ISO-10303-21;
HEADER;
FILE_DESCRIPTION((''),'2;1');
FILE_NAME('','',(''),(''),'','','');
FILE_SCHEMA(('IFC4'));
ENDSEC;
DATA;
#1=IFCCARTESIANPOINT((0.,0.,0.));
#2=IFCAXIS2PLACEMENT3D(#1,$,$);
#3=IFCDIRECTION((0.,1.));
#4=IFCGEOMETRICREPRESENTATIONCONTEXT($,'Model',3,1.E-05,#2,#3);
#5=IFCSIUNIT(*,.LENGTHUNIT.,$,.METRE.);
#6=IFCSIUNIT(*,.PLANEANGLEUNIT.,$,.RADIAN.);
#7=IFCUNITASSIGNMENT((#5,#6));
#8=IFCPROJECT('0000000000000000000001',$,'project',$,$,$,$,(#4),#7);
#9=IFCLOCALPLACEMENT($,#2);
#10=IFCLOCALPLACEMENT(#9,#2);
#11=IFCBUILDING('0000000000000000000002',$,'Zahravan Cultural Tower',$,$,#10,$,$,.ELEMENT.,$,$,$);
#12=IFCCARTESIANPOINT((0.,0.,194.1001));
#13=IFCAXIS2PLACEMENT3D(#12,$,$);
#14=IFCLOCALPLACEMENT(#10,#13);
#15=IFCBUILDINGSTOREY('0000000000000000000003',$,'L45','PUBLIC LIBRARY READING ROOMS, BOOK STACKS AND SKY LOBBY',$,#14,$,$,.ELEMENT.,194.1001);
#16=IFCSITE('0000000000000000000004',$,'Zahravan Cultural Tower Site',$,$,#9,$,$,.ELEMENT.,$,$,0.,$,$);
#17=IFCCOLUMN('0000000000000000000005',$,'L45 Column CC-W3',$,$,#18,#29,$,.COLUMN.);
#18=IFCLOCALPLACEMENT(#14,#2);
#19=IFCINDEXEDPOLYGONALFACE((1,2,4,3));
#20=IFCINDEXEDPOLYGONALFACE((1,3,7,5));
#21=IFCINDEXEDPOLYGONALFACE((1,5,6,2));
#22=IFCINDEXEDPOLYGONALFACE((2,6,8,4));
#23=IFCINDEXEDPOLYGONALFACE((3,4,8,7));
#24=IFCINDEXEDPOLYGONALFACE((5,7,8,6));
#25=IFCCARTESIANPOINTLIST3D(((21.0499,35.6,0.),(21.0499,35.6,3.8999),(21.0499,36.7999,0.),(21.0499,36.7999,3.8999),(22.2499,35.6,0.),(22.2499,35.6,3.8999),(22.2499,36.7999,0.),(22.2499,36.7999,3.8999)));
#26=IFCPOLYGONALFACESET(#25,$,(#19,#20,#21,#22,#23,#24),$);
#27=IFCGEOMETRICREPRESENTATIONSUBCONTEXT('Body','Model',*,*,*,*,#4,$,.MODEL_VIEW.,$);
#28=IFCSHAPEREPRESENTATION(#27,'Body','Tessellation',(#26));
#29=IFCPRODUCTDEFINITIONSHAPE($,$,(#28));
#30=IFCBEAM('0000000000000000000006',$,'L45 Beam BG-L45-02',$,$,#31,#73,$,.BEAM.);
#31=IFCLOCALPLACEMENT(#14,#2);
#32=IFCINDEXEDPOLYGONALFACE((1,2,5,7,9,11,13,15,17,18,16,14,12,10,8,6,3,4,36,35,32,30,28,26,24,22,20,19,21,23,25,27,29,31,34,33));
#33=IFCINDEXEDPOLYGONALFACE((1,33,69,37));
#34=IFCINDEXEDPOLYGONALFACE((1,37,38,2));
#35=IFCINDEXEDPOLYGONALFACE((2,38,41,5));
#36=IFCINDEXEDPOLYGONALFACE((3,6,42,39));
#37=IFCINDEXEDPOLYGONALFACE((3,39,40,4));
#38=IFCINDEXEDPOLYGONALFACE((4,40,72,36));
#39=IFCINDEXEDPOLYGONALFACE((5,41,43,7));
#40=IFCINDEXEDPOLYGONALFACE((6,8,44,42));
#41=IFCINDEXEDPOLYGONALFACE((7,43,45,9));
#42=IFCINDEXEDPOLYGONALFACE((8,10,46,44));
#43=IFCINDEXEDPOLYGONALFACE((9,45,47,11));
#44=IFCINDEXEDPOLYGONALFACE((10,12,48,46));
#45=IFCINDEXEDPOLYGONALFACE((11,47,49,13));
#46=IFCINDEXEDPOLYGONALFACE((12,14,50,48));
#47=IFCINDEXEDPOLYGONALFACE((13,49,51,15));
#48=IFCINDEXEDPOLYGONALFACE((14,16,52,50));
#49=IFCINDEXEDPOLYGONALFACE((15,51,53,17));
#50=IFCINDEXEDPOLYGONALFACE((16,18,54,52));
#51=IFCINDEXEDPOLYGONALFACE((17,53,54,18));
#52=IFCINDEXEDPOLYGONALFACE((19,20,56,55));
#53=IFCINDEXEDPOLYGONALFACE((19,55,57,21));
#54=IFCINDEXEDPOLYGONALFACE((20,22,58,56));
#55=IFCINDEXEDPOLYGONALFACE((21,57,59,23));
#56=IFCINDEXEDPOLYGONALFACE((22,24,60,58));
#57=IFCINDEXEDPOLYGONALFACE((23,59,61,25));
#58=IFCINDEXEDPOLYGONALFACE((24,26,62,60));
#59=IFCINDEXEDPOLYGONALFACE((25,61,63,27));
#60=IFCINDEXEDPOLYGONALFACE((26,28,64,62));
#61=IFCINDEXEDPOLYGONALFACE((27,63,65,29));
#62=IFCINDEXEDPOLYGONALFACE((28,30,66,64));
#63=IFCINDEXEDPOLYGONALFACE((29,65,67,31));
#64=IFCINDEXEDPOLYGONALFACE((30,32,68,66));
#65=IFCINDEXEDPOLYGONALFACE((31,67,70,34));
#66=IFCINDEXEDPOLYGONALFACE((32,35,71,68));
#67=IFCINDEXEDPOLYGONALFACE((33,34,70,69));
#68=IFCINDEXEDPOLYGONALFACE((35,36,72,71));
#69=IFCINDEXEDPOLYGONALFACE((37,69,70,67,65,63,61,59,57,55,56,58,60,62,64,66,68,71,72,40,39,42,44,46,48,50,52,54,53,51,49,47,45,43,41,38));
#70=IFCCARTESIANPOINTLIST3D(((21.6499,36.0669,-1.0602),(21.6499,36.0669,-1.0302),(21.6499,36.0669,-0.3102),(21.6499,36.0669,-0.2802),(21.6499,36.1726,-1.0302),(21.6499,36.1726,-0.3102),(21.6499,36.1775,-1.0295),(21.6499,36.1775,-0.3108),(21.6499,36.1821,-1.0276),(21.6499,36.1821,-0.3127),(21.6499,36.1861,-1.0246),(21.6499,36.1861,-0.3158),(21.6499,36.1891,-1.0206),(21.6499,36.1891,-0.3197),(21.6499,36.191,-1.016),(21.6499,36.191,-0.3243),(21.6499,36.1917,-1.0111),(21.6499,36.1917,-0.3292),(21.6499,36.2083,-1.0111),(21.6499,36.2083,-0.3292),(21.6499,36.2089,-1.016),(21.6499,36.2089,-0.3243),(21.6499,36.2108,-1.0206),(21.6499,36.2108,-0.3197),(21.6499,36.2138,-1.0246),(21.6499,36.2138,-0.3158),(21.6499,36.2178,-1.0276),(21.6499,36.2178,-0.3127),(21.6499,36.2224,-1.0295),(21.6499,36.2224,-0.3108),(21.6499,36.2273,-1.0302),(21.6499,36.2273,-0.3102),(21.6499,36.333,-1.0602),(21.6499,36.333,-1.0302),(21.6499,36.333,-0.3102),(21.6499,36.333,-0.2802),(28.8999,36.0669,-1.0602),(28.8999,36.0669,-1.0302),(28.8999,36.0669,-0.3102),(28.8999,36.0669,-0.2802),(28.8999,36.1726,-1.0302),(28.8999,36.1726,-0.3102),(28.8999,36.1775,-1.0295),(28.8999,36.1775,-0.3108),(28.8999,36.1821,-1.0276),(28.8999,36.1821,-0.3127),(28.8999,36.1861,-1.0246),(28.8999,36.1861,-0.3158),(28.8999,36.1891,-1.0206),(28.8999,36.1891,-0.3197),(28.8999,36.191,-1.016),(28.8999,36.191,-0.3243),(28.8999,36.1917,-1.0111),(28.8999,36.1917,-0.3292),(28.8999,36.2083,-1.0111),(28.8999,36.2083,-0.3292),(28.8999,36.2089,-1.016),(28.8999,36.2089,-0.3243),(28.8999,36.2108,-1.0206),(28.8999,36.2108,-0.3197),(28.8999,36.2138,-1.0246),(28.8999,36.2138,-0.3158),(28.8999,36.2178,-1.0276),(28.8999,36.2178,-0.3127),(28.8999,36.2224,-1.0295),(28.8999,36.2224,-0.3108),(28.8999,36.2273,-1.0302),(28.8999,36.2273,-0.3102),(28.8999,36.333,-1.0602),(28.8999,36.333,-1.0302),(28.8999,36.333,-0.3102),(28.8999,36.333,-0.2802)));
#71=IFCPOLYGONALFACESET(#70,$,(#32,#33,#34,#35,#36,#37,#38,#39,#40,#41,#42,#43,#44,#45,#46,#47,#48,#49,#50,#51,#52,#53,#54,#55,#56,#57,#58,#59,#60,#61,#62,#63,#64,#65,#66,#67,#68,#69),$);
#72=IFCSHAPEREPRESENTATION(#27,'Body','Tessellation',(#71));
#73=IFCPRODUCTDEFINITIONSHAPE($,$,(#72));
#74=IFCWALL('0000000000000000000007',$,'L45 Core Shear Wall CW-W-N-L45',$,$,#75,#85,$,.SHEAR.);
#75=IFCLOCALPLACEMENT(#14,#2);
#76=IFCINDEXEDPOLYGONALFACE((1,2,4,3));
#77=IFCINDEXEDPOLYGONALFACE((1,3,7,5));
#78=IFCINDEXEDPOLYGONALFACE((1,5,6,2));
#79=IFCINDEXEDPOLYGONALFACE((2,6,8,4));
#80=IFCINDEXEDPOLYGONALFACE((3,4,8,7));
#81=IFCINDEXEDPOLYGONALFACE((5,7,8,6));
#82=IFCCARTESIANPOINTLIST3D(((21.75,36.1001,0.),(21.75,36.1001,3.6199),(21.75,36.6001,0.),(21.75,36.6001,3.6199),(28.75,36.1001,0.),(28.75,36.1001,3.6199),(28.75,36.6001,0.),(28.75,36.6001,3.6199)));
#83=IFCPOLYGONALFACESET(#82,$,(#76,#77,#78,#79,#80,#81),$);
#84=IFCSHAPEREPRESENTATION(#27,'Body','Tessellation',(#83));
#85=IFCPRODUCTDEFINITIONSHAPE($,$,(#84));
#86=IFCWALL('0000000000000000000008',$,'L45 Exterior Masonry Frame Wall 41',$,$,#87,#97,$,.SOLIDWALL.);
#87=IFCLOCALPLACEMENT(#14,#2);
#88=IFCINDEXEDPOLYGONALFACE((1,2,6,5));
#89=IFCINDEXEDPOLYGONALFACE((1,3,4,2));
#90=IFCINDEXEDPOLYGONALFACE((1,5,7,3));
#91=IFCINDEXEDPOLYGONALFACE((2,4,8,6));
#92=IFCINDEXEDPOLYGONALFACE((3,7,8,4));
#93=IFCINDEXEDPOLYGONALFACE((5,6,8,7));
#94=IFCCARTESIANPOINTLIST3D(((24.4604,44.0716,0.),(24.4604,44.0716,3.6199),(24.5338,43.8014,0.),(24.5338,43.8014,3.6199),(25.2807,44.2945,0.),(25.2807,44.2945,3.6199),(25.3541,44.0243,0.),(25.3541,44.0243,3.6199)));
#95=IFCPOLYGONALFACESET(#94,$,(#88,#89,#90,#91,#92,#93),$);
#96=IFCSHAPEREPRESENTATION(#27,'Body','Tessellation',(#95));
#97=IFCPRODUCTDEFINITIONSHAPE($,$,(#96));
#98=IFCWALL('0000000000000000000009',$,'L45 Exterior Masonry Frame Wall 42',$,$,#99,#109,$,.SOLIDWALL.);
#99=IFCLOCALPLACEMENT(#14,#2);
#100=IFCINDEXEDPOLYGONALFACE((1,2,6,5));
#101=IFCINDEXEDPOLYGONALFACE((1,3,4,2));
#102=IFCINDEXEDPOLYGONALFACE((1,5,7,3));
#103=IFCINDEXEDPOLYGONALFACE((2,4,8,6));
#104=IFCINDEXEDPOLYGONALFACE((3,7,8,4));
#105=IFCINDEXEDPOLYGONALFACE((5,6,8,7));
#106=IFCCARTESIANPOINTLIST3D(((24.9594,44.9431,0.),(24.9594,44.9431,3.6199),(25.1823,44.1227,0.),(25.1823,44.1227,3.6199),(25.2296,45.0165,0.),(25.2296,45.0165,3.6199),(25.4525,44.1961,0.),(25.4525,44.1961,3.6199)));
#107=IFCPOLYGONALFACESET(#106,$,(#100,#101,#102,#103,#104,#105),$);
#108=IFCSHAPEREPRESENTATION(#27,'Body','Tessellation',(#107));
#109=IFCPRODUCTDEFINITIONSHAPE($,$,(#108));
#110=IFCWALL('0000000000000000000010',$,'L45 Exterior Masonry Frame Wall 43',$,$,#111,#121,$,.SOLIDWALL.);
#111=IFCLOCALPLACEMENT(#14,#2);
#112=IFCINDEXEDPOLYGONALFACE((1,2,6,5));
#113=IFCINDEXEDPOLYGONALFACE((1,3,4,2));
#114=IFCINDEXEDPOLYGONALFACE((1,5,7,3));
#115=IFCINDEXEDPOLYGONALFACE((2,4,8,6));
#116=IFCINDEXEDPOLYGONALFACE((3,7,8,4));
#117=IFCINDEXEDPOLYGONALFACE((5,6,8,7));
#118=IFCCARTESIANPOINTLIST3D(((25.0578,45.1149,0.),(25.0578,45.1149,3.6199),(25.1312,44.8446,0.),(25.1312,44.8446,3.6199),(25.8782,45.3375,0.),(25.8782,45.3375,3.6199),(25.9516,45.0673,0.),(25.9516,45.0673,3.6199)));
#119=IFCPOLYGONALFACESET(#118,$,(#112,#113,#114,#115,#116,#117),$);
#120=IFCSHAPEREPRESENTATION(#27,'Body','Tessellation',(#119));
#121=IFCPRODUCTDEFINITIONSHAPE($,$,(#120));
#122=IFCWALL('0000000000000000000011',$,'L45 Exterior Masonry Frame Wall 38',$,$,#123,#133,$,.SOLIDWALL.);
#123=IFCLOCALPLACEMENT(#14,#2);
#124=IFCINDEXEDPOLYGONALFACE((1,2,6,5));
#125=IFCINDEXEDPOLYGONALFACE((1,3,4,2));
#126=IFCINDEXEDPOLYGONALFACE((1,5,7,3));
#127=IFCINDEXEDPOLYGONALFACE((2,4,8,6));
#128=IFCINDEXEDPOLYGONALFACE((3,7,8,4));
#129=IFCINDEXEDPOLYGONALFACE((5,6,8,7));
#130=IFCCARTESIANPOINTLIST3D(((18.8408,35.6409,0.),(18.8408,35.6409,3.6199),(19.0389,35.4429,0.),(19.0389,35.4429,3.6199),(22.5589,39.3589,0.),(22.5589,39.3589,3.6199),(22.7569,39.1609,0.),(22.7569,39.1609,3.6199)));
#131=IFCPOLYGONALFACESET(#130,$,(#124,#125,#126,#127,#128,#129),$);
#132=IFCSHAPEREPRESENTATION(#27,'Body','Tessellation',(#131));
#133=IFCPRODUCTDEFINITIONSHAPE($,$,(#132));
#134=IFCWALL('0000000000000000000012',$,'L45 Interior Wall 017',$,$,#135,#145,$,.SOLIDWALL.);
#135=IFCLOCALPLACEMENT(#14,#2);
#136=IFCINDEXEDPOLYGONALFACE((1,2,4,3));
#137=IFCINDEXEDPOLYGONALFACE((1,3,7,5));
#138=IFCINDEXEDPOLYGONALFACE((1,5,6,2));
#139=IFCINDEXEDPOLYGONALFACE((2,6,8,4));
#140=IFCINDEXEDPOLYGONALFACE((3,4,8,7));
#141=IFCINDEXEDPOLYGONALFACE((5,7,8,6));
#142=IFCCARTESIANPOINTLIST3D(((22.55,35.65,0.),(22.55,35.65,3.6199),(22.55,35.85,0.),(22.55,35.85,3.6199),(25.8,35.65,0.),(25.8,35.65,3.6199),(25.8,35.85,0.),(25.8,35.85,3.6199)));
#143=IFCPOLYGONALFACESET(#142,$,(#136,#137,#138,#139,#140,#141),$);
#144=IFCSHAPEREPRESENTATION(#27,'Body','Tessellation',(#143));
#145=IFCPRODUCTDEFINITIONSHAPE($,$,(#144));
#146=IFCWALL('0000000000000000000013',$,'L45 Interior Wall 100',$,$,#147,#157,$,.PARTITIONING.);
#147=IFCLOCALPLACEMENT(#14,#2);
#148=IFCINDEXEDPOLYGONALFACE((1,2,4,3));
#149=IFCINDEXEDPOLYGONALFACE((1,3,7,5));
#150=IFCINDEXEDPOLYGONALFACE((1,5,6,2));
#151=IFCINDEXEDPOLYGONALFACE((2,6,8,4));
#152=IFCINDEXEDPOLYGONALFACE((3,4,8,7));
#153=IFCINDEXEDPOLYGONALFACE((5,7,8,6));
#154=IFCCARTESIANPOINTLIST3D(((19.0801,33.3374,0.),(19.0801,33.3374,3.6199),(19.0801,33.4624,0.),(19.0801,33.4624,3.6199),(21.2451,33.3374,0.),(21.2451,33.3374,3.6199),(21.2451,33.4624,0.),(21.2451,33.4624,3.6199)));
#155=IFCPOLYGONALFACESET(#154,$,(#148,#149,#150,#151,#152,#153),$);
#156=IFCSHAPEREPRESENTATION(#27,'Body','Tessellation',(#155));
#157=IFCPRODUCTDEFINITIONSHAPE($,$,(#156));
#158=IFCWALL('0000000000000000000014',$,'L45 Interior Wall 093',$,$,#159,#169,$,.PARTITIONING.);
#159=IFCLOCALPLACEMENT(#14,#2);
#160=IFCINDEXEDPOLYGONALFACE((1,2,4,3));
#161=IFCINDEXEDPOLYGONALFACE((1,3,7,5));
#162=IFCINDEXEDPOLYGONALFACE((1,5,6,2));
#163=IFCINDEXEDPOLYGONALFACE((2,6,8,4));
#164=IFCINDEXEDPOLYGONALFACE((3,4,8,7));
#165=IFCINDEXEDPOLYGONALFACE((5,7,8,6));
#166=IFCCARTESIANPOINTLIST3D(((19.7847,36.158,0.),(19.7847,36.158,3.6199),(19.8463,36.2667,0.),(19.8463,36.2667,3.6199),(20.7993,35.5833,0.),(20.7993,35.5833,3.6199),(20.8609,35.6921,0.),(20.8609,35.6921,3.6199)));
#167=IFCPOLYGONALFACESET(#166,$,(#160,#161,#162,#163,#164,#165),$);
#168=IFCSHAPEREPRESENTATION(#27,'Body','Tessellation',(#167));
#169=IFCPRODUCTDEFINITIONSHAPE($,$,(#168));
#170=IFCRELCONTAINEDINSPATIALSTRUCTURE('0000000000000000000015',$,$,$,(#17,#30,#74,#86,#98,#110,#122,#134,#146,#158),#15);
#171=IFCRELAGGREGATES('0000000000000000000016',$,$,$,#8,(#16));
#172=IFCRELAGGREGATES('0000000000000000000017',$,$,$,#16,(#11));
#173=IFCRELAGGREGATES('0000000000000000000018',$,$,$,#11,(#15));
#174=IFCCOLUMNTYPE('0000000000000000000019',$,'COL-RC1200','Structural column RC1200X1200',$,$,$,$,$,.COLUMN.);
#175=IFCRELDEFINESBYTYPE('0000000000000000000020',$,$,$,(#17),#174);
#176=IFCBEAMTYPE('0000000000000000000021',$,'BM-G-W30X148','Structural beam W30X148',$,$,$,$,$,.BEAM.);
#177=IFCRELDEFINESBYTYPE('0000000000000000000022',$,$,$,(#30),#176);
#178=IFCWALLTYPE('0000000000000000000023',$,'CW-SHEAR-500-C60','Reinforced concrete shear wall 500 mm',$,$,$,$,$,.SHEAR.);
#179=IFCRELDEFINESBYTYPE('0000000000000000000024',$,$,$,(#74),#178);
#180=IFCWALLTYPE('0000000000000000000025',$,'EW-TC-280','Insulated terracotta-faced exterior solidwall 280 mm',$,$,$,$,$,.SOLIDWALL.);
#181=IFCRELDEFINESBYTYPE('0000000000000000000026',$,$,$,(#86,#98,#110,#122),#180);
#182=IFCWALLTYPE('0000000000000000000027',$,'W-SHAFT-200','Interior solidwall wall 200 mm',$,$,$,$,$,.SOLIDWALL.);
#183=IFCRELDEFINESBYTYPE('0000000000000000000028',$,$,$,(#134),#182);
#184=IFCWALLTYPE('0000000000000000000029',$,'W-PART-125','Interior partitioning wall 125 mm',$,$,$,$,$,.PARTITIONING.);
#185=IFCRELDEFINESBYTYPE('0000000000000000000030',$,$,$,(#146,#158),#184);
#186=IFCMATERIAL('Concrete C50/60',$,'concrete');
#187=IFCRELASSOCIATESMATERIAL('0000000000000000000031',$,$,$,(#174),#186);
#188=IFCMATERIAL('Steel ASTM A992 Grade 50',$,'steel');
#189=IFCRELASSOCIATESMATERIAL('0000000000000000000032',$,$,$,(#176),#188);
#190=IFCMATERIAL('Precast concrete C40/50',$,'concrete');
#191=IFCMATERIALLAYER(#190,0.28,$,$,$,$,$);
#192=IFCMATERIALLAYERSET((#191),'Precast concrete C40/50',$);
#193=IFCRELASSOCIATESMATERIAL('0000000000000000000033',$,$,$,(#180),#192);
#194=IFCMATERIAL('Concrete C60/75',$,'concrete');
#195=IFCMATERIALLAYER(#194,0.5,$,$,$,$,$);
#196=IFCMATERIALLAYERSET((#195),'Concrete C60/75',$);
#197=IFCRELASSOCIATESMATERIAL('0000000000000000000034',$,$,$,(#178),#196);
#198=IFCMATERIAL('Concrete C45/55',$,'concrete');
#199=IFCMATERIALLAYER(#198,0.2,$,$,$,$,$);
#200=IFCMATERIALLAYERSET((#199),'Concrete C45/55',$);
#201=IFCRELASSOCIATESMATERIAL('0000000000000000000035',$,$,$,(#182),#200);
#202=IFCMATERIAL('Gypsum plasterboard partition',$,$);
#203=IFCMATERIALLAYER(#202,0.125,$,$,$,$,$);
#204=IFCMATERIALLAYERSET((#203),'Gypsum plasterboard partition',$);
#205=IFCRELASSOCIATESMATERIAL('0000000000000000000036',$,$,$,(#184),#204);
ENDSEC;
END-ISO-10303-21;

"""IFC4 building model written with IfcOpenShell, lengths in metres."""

from ifc_helpers import new_model, si_unit, direction, frame, frame_2d, origin, origin_2d, place, context, subcontext, project, spatial, rectangle, i_section, extrude, source, transform, mapped, material, layer, layer_set, material_profile, profile_set, type_object, element, save


model = new_model("IFC4")

# Units and contexts
model_context = context("Model", 3, precision=1e-05, world=origin(), true_north=direction((0.0, 1.0)))
body_context = subcontext(model_context, "Body", "Model", "MODEL_VIEW")
ifc_project = project(units=[si_unit("LENGTHUNIT", "METRE"), si_unit("PLANEANGLEUNIT", "RADIAN")], contexts=[model_context])

# Site, building, storey
site_placement = place(None, origin())
site = spatial("IfcSite", under=ifc_project, at=site_placement, Name="Zahravan Cultural Tower Site", CompositionType="ELEMENT", RefElevation=0.0)
building_placement = place(site_placement, origin())
building = spatial("IfcBuilding", under=site, at=building_placement, Name="Zahravan Cultural Tower", CompositionType="ELEMENT")
storey_placement = place(building_placement, frame((0.0, 0.0, 194.1001)))
storey = spatial("IfcBuildingStorey", under=building, at=storey_placement, Name="L45", Description="PUBLIC LIBRARY READING ROOMS, BOOK STACKS AND SKY LOBBY", CompositionType="ELEMENT", Elevation=194.1001)

# Column
ifc_material_1 = material(Name="Concrete C50/60", Category="concrete")
ifc_material_profile_1 = material_profile(ifc_material_1, rectangle(XDim=1.2, YDim=1.2, at=origin_2d()), Name="RC1200X1200")
ifc_profile_set_1 = profile_set([ifc_material_profile_1], Name="Concrete C50/60")
column_type = type_object("IfcColumnType", Name="COL-RC1200", Description="Structural column RC1200X1200", PredefinedType="COLUMN", material=ifc_profile_set_1)
shared_shape_1 = source(origin(), body_context, "Body", "SweptSolid", [
    extrude(rectangle(XDim=1.2, YDim=1.2, at=origin_2d()), origin(), (0.0, 0.0, 1.0), 3.8999),
])
column_placement = place(storey_placement, frame((21.6499, 36.2, 0.0), z_axis=(0.0, 0.0, 1.0), x_axis=(1.0, 0.0, 0.0)))
element("IfcColumn", 1, at=column_placement, inside=storey, type_object=column_type, Name="L45 Column CC-W3", PredefinedType="COLUMN", context=body_context, shape_type="MappedRepresentation", body=[
    mapped(shared_shape_1, transform((0.0, 0.0, 0.0), x_axis=(1.0, 0.0, 0.0), y_axis=(0.0, 1.0, 0.0), z_axis=(0.0, 0.0, 1.0), scale=1.0)),
])

# Beam
ifc_material_2 = material(Name="Steel ASTM A992 Grade 50", Category="steel")
ifc_material_profile_2 = material_profile(ifc_material_2, i_section(OverallWidth=0.2661, OverallDepth=0.78, WebThickness=0.0166, FlangeThickness=0.03, FilletRadius=0.019, at=origin_2d()), Name="W30X148")
ifc_profile_set_2 = profile_set([ifc_material_profile_2], Name="Steel ASTM A992 Grade 50")
beam_type = type_object("IfcBeamType", Name="BM-G-W30X148", Description="Structural beam W30X148", PredefinedType="BEAM", material=ifc_profile_set_2)
shared_shape_2 = source(origin(), body_context, "Body", "SweptSolid", [
    extrude(i_section(OverallWidth=0.2661, OverallDepth=0.78, WebThickness=0.0166, FlangeThickness=0.03, FilletRadius=0.019, at=origin_2d()), origin(), (0.0, 0.0, 1.0), 7.25),
])
beam_placement = place(storey_placement, frame((21.6499, 36.2, -0.6702), z_axis=(1.0, 0.0, 0.0), x_axis=(0.0, 1.0, 0.0)))
element("IfcBeam", 2, at=beam_placement, inside=storey, type_object=beam_type, Name="L45 Beam BG-L45-02", PredefinedType="BEAM", context=body_context, shape_type="MappedRepresentation", body=[
    mapped(shared_shape_2, transform((0.0, 0.0, 0.0), x_axis=(1.0, 0.0, 0.0), y_axis=(0.0, 1.0, 0.0), z_axis=(0.0, 0.0, 1.0), scale=1.0)),
])

# Shared definitions
ifc_material_3 = material(Name="Precast concrete C40/50", Category="concrete")
ifc_layer_1 = layer(ifc_material_3, 0.28)
ifc_layer_set_1 = layer_set([ifc_layer_1], Name="Precast concrete C40/50")
wall_type_1 = type_object("IfcWallType", Name="EW-TC-280", Description="Insulated terracotta-faced exterior solidwall 280 mm", PredefinedType="SOLIDWALL", material=ifc_layer_set_1)

# Walls
ifc_material_4 = material(Name="Concrete C60/75", Category="concrete")
ifc_layer_2 = layer(ifc_material_4, 0.5)
ifc_layer_set_2 = layer_set([ifc_layer_2], Name="Concrete C60/75")
wall_type_2 = type_object("IfcWallType", Name="CW-SHEAR-500-C60", Description="Reinforced concrete shear wall 500 mm", PredefinedType="SHEAR", material=ifc_layer_set_2)
shared_shape_3 = source(origin(), body_context, "Body", "SweptSolid", [
    extrude(rectangle(XDim=7.0, YDim=0.5, at=frame_2d((3.5, 0.0))), origin(), (0.0, 0.0, 1.0), 3.6199),
])
wall_1_placement = place(storey_placement, frame((21.75, 36.3501, 0.0), z_axis=(0.0, 0.0, 1.0), x_axis=(1.0, 0.0, 0.0)))
element("IfcWall", 3, at=wall_1_placement, inside=storey, type_object=wall_type_2, Name="L45 Core Shear Wall CW-W-N-L45", PredefinedType="SHEAR", context=body_context, shape_type="MappedRepresentation", body=[
    mapped(shared_shape_3, transform((0.0, 0.0, 0.0), x_axis=(1.0, 0.0, 0.0), y_axis=(0.0, 1.0, 0.0), z_axis=(0.0, 0.0, 1.0), scale=1.0)),
])
shared_shape_4 = source(origin(), body_context, "Body", "SweptSolid", [
    extrude(rectangle(XDim=0.8501, YDim=0.28, at=frame_2d((0.425, 0.0))), origin(), (0.0, 0.0, 1.0), 3.6199),
])
for number, where, z_axis, x_axis, name in (
    (4, (24.4971, 43.9365, 0.0), (0.0, 0.0, 1.0), (0.965009, 0.262218, 0.0), "L45 Exterior Masonry Frame Wall 41"),
    (5, (25.3174, 44.1594, 0.0), (0.0, 0.0, 1.0), (-0.262218, 0.965009, 0.0), "L45 Exterior Masonry Frame Wall 42"),
    (6, (25.0945, 44.9797, 0.0), (0.0, 0.0, 1.0), (0.965081, 0.261951, 0.0), "L45 Exterior Masonry Frame Wall 43"),
):
    element("IfcWall", number, at=place(storey_placement, frame(where, z_axis=z_axis, x_axis=x_axis)), inside=storey, type_object=wall_type_1, Name=name, PredefinedType="SOLIDWALL", context=body_context, shape_type="MappedRepresentation", body=[
        mapped(shared_shape_4, transform((0.0, 0.0, 0.0), x_axis=(1.0, 0.0, 0.0), y_axis=(0.0, 1.0, 0.0), z_axis=(0.0, 0.0, 1.0), scale=1.0)),
    ])
shared_shape_5 = source(origin(), body_context, "Body", "SweptSolid", [
    extrude(rectangle(XDim=5.2581, YDim=0.28, at=frame_2d((2.6289, 0.0))), origin(), (0.0, 0.0, 1.0), 3.6199),
])
wall_2_placement = place(storey_placement, frame((18.9399, 35.542, 0.0), z_axis=(0.0, 0.0, 1.0), x_axis=(0.707107, 0.707107, 0.0)))
element("IfcWall", 7, at=wall_2_placement, inside=storey, type_object=wall_type_1, Name="L45 Exterior Masonry Frame Wall 38", PredefinedType="SOLIDWALL", context=body_context, shape_type="MappedRepresentation", body=[
    mapped(shared_shape_5, transform((0.0, 0.0, 0.0), x_axis=(1.0, 0.0, 0.0), y_axis=(0.0, 1.0, 0.0), z_axis=(0.0, 0.0, 1.0), scale=1.0)),
])
ifc_material_5 = material(Name="Concrete C45/55", Category="concrete")
ifc_layer_3 = layer(ifc_material_5, 0.2)
ifc_layer_set_3 = layer_set([ifc_layer_3], Name="Concrete C45/55")
wall_type_3 = type_object("IfcWallType", Name="W-SHAFT-200", Description="Interior solidwall wall 200 mm", PredefinedType="SOLIDWALL", material=ifc_layer_set_3)
shared_shape_6 = source(origin(), body_context, "Body", "SweptSolid", [
    extrude(rectangle(XDim=3.25, YDim=0.2, at=frame_2d((1.625, 0.0))), origin(), (0.0, 0.0, 1.0), 3.6199),
])
wall_3_placement = place(storey_placement, frame((22.55, 35.75, 0.0), z_axis=(0.0, 0.0, 1.0), x_axis=(1.0, 0.0, 0.0)))
element("IfcWall", 8, at=wall_3_placement, inside=storey, type_object=wall_type_3, Name="L45 Interior Wall 017", PredefinedType="SOLIDWALL", context=body_context, shape_type="MappedRepresentation", body=[
    mapped(shared_shape_6, transform((0.0, 0.0, 0.0), x_axis=(1.0, 0.0, 0.0), y_axis=(0.0, 1.0, 0.0), z_axis=(0.0, 0.0, 1.0), scale=1.0)),
])
ifc_material_6 = material(Name="Gypsum plasterboard partition")
ifc_layer_4 = layer(ifc_material_6, 0.125)
ifc_layer_set_4 = layer_set([ifc_layer_4], Name="Gypsum plasterboard partition")
wall_type_4 = type_object("IfcWallType", Name="W-PART-125", Description="Interior partitioning wall 125 mm", PredefinedType="PARTITIONING", material=ifc_layer_set_4)
shared_shape_7 = source(origin(), body_context, "Body", "SweptSolid", [
    extrude(rectangle(XDim=2.165, YDim=0.125, at=frame_2d((1.0825, 0.0))), origin(), (0.0, 0.0, 1.0), 3.6199),
])
wall_4_placement = place(storey_placement, frame((21.2451, 33.3999, 0.0), z_axis=(0.0, 0.0, 1.0), x_axis=(-1.0, 0.0, 0.0)))
element("IfcWall", 9, at=wall_4_placement, inside=storey, type_object=wall_type_4, Name="L45 Interior Wall 100", PredefinedType="PARTITIONING", context=body_context, shape_type="MappedRepresentation", body=[
    mapped(shared_shape_7, transform((0.0, 0.0, 0.0), x_axis=(1.0, 0.0, 0.0), y_axis=(0.0, 1.0, 0.0), z_axis=(0.0, 0.0, 1.0), scale=1.0)),
])
shared_shape_8 = source(origin(), body_context, "Body", "SweptSolid", [
    extrude(rectangle(XDim=1.166, YDim=0.125, at=frame_2d((0.583, 0.0))), origin(), (0.0, 0.0, 1.0), 3.6199),
])
wall_5_placement = place(storey_placement, frame((20.8301, 35.6377, 0.0), z_axis=(0.0, 0.0, 1.0), x_axis=(-0.870118, 0.492844, 0.0)))
element("IfcWall", 10, at=wall_5_placement, inside=storey, type_object=wall_type_4, Name="L45 Interior Wall 093", PredefinedType="PARTITIONING", context=body_context, shape_type="MappedRepresentation", body=[
    mapped(shared_shape_8, transform((0.0, 0.0, 0.0), x_axis=(1.0, 0.0, 0.0), y_axis=(0.0, 1.0, 0.0), z_axis=(0.0, 0.0, 1.0), scale=1.0)),
])

save(model, "model.ifc")
